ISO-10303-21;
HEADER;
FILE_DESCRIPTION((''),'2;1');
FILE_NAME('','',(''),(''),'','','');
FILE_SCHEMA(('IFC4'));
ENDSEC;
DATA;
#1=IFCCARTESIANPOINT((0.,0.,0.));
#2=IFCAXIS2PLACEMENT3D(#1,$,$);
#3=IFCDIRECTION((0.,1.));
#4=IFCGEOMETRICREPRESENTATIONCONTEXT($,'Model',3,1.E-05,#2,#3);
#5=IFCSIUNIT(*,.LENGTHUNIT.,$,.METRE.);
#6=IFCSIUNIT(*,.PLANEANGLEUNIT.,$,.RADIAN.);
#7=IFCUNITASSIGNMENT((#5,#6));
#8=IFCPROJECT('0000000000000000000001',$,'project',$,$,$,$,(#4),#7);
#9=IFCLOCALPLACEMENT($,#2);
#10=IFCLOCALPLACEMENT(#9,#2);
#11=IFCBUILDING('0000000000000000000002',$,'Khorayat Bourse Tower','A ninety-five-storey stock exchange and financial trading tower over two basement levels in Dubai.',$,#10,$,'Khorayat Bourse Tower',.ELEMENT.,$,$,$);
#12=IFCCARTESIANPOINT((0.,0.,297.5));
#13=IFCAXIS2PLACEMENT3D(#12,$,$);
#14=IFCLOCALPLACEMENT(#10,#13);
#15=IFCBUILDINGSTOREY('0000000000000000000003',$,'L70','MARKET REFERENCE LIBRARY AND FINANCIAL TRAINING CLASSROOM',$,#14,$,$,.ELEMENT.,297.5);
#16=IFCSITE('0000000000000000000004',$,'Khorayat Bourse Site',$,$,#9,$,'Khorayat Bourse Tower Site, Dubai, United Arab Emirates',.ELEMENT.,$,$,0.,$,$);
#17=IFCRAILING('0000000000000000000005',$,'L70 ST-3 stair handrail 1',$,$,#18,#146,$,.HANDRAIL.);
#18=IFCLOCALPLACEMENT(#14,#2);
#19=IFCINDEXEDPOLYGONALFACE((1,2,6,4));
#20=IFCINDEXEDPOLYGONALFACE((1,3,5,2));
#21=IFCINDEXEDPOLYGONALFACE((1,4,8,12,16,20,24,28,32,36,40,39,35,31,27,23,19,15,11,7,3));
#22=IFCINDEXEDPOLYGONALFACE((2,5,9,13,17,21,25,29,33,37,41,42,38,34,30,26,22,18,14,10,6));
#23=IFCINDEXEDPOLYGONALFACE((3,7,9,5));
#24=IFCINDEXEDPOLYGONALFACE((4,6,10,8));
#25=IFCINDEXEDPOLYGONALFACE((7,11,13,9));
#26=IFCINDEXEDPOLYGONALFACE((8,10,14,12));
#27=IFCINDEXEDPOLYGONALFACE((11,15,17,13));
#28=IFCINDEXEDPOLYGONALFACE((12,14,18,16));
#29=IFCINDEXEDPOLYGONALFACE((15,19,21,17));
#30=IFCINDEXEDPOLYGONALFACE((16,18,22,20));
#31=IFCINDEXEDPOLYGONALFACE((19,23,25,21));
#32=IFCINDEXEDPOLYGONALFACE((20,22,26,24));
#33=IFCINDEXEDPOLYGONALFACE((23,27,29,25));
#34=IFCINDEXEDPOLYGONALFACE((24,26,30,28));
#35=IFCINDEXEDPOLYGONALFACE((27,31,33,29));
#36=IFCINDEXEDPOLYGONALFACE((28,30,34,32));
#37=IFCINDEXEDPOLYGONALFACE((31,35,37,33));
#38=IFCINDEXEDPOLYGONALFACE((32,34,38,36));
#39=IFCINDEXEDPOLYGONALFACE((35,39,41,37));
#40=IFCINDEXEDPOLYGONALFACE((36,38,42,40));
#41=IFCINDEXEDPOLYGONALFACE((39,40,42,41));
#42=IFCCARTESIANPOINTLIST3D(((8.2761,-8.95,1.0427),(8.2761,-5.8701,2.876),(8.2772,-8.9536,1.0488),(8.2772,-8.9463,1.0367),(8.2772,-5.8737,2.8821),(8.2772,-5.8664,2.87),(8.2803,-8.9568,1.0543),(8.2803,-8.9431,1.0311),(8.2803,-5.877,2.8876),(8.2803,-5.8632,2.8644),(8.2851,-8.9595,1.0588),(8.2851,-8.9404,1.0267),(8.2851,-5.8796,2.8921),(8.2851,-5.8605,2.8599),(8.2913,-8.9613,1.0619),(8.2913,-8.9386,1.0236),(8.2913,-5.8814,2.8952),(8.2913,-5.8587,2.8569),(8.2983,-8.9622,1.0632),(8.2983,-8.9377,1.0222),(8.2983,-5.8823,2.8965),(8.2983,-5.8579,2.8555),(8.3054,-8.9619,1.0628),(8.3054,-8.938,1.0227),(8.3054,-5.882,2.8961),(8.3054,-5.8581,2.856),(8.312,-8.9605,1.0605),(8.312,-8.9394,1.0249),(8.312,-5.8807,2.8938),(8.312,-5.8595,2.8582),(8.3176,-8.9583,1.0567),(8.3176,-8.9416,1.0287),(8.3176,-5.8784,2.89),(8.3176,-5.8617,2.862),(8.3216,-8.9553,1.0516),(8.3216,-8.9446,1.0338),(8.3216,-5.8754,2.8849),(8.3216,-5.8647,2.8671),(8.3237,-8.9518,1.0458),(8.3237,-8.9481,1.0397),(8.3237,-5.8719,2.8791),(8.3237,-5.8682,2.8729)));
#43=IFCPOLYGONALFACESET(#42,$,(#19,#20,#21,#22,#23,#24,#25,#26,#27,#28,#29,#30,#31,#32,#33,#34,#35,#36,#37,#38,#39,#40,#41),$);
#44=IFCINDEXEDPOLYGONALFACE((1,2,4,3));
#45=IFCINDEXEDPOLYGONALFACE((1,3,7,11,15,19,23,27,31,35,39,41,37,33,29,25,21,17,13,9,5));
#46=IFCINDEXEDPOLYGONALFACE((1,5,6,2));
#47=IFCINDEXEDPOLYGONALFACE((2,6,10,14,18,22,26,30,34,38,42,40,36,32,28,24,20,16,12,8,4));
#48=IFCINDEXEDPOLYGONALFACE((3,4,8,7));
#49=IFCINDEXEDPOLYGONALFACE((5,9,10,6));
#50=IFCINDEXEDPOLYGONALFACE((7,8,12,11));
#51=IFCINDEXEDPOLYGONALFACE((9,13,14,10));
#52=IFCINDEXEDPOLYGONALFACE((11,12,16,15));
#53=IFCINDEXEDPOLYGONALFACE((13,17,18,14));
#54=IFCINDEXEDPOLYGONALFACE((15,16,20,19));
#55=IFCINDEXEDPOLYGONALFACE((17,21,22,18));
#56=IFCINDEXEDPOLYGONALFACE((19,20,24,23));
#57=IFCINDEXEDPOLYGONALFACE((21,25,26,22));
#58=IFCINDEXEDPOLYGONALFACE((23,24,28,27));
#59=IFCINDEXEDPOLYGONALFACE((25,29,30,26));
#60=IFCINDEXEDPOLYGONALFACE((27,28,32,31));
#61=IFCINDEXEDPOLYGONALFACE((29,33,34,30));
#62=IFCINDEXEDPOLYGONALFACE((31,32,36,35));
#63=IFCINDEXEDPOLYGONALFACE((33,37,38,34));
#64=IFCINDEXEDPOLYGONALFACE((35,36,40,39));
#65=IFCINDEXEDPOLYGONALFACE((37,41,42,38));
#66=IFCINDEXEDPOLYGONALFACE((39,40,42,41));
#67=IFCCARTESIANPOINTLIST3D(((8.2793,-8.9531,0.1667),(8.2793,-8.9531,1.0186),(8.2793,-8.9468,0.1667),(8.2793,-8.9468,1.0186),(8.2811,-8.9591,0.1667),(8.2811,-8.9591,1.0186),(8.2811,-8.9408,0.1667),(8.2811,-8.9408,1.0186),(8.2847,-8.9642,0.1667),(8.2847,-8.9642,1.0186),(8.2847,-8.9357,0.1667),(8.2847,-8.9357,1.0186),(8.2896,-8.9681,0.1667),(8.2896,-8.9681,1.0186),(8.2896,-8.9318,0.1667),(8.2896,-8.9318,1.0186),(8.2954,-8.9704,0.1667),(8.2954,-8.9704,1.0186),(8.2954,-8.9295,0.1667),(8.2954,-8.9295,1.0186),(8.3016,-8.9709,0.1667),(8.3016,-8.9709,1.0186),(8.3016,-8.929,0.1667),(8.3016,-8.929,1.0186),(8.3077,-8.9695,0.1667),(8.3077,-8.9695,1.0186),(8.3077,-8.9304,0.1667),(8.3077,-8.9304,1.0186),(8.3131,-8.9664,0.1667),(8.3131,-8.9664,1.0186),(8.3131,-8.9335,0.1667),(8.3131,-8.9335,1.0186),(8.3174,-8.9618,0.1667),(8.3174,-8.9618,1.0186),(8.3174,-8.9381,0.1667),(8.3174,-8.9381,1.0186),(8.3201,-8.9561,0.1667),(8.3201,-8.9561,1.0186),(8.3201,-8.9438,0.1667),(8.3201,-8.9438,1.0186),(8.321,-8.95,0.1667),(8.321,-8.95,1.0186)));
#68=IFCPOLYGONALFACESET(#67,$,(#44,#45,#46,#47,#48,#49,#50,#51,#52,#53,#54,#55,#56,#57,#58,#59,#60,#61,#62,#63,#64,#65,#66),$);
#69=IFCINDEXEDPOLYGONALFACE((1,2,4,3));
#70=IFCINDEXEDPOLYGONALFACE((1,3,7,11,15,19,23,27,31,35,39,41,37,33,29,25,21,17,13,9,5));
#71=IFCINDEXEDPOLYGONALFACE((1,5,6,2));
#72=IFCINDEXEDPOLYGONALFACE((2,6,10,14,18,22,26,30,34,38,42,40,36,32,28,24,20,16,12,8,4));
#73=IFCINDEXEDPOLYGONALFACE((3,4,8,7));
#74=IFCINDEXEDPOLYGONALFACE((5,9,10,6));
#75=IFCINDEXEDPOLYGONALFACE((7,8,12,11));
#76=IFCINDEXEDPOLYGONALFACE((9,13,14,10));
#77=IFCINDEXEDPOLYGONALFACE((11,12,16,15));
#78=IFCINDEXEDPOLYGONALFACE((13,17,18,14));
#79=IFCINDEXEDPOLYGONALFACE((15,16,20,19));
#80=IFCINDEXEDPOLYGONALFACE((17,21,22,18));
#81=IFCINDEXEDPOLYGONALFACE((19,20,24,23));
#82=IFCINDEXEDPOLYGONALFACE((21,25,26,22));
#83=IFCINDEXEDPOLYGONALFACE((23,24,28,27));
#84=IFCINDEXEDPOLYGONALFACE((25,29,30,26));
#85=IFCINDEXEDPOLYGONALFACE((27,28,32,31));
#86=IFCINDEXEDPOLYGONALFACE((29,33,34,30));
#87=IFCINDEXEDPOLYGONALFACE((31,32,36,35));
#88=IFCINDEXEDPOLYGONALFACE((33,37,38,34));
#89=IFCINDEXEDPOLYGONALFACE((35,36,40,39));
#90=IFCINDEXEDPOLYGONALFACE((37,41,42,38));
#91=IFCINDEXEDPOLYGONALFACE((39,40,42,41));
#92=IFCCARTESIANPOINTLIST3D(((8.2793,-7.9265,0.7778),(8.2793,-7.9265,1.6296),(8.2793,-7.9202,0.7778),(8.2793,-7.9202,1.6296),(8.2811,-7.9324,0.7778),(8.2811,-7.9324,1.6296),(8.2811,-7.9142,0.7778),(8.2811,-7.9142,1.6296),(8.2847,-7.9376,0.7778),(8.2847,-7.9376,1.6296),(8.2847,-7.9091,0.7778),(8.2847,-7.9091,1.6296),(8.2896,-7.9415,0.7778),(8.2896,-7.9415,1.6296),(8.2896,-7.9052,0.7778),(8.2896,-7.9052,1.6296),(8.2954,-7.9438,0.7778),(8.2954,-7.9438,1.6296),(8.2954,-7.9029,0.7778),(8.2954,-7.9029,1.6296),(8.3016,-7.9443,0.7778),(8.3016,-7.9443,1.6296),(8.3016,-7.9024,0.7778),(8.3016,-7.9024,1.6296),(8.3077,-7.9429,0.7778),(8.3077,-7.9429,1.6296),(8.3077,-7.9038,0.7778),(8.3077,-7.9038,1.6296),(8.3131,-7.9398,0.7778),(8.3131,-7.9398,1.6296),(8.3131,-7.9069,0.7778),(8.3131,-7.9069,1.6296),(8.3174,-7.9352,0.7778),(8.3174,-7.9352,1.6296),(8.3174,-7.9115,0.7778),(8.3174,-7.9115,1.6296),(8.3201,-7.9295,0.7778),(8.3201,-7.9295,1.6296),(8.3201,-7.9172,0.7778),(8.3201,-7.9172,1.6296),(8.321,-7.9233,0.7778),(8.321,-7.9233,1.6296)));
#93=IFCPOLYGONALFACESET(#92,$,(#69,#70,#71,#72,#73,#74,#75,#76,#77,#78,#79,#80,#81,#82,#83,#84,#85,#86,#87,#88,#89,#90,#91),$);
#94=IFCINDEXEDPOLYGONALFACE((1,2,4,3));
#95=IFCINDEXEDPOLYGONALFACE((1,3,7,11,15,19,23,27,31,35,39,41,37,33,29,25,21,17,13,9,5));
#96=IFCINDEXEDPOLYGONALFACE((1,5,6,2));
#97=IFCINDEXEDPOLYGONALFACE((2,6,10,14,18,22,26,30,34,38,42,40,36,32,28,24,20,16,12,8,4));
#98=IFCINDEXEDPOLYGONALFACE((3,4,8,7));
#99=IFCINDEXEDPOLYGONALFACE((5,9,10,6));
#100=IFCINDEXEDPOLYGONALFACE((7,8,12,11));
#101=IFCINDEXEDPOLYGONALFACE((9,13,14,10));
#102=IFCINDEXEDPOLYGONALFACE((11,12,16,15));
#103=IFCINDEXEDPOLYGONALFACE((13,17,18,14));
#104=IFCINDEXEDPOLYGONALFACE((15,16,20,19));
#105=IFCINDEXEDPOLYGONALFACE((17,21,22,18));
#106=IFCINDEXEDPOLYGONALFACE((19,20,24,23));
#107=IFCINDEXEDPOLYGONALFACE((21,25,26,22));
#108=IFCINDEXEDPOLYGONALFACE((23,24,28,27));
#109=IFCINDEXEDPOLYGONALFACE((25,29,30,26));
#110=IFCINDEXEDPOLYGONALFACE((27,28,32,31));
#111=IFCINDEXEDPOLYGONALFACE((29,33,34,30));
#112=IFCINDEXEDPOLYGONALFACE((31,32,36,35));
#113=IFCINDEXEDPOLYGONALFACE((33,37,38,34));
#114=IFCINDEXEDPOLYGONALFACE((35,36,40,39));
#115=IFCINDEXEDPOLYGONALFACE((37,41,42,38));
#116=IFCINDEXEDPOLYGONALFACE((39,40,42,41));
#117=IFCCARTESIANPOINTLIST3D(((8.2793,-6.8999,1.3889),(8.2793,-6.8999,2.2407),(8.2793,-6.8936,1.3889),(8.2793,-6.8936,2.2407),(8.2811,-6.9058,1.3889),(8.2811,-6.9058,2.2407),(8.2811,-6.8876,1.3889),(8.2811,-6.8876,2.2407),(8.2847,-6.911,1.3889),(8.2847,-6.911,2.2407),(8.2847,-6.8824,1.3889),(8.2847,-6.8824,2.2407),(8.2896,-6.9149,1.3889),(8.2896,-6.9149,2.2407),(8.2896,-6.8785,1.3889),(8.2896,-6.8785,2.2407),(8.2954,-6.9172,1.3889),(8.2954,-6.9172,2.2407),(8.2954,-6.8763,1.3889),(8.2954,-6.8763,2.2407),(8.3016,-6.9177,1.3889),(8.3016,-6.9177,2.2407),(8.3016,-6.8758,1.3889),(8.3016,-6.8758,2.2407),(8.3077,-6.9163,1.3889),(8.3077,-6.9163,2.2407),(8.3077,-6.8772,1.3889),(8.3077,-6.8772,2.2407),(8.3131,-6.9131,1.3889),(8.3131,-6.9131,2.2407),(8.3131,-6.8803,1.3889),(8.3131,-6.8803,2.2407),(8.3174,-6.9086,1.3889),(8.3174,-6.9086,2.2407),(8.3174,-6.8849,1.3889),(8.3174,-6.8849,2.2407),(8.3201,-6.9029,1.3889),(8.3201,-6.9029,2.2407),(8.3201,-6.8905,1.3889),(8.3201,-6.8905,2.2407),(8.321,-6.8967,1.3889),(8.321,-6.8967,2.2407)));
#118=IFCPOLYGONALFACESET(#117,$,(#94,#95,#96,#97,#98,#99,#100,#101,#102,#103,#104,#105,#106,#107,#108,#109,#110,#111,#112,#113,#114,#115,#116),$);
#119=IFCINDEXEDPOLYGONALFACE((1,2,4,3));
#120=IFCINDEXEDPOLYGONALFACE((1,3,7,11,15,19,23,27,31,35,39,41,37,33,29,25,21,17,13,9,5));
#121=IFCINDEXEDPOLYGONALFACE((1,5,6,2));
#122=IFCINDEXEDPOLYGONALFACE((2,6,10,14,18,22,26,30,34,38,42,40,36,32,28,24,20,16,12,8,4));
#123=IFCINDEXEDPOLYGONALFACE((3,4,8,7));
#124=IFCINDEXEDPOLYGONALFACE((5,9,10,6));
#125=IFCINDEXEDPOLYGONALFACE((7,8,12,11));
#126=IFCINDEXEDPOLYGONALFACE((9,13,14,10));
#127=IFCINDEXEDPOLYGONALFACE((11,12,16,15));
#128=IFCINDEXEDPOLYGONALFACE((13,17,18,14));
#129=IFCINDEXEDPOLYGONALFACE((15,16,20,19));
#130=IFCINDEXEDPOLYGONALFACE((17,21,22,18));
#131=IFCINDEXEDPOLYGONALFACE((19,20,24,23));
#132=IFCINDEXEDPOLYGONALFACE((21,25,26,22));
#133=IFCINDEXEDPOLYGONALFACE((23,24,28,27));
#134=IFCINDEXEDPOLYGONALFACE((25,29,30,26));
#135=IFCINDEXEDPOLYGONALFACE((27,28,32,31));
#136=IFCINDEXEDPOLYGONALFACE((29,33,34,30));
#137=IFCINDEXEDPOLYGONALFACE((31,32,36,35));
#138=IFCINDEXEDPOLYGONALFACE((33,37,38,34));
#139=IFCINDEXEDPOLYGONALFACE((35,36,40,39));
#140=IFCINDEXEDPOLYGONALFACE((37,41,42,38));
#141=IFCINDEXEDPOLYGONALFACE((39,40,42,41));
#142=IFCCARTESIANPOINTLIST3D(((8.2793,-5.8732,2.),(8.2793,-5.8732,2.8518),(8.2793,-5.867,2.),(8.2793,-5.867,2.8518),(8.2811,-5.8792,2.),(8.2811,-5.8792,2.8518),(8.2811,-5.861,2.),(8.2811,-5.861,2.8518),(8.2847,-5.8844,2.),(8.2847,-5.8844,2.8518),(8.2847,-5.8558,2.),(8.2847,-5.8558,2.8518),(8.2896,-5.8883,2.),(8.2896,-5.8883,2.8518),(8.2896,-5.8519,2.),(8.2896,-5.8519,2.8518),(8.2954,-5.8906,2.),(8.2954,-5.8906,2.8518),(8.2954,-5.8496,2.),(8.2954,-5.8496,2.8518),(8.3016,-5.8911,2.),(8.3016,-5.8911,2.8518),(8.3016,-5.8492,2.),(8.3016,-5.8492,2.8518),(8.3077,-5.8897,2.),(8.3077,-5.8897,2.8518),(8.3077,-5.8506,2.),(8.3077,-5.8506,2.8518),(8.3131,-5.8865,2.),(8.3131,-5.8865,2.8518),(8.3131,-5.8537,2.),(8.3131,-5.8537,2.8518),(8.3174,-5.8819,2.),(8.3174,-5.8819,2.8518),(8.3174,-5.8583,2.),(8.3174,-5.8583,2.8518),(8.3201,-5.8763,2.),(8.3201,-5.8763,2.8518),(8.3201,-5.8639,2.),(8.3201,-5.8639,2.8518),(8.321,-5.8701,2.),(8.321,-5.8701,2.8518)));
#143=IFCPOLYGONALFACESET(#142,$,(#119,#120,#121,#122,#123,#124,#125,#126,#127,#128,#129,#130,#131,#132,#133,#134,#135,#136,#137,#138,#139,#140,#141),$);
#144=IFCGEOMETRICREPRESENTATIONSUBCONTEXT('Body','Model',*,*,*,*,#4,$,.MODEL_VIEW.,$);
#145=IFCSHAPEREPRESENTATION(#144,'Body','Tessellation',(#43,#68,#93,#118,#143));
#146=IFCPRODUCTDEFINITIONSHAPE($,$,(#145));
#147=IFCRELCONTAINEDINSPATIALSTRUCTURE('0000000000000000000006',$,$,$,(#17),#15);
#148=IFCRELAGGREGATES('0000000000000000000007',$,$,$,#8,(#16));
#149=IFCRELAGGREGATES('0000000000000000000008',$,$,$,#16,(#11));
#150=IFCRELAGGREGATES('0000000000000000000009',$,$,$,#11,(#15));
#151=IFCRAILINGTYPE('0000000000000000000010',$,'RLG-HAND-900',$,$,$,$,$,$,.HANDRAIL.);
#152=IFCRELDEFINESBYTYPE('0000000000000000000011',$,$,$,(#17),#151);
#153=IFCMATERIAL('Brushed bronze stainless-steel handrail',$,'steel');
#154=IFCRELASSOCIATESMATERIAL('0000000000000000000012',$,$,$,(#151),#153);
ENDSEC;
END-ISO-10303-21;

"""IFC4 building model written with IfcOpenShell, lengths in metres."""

from ifc_helpers import new_model, si_unit, direction, frame, origin, origin_2d, place, context, subcontext, project, spatial, circle, extrude, source, transform, mapped, material, type_object, element, save


model = new_model("IFC4")

# Units and contexts
model_context = context("Model", 3, precision=1e-05, world=origin(), true_north=direction((0.0, 1.0)))
body_context = subcontext(model_context, "Body", "Model", "MODEL_VIEW")
ifc_project = project(units=[si_unit("LENGTHUNIT", "METRE"), si_unit("PLANEANGLEUNIT", "RADIAN")], contexts=[model_context])

# Site, building, storey
site_placement = place(None, origin())
site = spatial("IfcSite", under=ifc_project, at=site_placement, Name="Khorayat Bourse Site", LongName="Khorayat Bourse Tower Site, Dubai, United Arab Emirates", CompositionType="ELEMENT", RefElevation=0.0)
building_placement = place(site_placement, origin())
building = spatial("IfcBuilding", under=site, at=building_placement, Name="Khorayat Bourse Tower", Description="A ninety-five-storey stock exchange and financial trading tower over two basement levels in Dubai.", LongName="Khorayat Bourse Tower", CompositionType="ELEMENT")
storey_placement = place(building_placement, frame((0.0, 0.0, 297.5)))
storey = spatial("IfcBuildingStorey", under=building, at=storey_placement, Name="L70", Description="MARKET REFERENCE LIBRARY AND FINANCIAL TRAINING CLASSROOM", CompositionType="ELEMENT", Elevation=297.5)

# Railing
ifc_material_1 = material(Name="Brushed bronze stainless-steel handrail", Category="steel")
railing_type_1 = type_object("IfcRailingType", Name="RLG-HAND-900", PredefinedType="HANDRAIL", material=ifc_material_1)
shared_shape_1 = source(origin(), body_context, "Body", "SweptSolid", [
    extrude(circle(Radius=0.0239, at=origin_2d()), frame((0.0, 0.0, 0.876), z_axis=(0.0, 0.859291, 0.511487), x_axis=(-1.0, 0.0, 0.0)), (0.0, 0.0, 1.0), 3.5842),
    extrude(circle(Radius=0.021, at=origin_2d()), origin(), (0.0, 0.0, 1.0), 0.8518),
    extrude(circle(Radius=0.021, at=origin_2d()), frame((0.0, 1.0266, 0.6111)), (0.0, 0.0, 1.0), 0.8518),
    extrude(circle(Radius=0.021, at=origin_2d()), frame((0.0, 2.0532, 1.2222)), (0.0, 0.0, 1.0), 0.8518),
    extrude(circle(Radius=0.021, at=origin_2d()), frame((0.0, 3.0798, 1.8333)), (0.0, 0.0, 1.0), 0.8518),
])
railing_1_placement = place(storey_placement, frame((8.3, -8.95, 0.1667)))
element("IfcRailing", 1, at=railing_1_placement, inside=storey, type_object=railing_type_1, Name="L70 ST-3 stair handrail 1", PredefinedType="HANDRAIL", context=body_context, shape_type="MappedRepresentation", body=[
    mapped(shared_shape_1, transform((0.0, 0.0, 0.0), scale=1.0)),
])

save(model, "model.ifc")
